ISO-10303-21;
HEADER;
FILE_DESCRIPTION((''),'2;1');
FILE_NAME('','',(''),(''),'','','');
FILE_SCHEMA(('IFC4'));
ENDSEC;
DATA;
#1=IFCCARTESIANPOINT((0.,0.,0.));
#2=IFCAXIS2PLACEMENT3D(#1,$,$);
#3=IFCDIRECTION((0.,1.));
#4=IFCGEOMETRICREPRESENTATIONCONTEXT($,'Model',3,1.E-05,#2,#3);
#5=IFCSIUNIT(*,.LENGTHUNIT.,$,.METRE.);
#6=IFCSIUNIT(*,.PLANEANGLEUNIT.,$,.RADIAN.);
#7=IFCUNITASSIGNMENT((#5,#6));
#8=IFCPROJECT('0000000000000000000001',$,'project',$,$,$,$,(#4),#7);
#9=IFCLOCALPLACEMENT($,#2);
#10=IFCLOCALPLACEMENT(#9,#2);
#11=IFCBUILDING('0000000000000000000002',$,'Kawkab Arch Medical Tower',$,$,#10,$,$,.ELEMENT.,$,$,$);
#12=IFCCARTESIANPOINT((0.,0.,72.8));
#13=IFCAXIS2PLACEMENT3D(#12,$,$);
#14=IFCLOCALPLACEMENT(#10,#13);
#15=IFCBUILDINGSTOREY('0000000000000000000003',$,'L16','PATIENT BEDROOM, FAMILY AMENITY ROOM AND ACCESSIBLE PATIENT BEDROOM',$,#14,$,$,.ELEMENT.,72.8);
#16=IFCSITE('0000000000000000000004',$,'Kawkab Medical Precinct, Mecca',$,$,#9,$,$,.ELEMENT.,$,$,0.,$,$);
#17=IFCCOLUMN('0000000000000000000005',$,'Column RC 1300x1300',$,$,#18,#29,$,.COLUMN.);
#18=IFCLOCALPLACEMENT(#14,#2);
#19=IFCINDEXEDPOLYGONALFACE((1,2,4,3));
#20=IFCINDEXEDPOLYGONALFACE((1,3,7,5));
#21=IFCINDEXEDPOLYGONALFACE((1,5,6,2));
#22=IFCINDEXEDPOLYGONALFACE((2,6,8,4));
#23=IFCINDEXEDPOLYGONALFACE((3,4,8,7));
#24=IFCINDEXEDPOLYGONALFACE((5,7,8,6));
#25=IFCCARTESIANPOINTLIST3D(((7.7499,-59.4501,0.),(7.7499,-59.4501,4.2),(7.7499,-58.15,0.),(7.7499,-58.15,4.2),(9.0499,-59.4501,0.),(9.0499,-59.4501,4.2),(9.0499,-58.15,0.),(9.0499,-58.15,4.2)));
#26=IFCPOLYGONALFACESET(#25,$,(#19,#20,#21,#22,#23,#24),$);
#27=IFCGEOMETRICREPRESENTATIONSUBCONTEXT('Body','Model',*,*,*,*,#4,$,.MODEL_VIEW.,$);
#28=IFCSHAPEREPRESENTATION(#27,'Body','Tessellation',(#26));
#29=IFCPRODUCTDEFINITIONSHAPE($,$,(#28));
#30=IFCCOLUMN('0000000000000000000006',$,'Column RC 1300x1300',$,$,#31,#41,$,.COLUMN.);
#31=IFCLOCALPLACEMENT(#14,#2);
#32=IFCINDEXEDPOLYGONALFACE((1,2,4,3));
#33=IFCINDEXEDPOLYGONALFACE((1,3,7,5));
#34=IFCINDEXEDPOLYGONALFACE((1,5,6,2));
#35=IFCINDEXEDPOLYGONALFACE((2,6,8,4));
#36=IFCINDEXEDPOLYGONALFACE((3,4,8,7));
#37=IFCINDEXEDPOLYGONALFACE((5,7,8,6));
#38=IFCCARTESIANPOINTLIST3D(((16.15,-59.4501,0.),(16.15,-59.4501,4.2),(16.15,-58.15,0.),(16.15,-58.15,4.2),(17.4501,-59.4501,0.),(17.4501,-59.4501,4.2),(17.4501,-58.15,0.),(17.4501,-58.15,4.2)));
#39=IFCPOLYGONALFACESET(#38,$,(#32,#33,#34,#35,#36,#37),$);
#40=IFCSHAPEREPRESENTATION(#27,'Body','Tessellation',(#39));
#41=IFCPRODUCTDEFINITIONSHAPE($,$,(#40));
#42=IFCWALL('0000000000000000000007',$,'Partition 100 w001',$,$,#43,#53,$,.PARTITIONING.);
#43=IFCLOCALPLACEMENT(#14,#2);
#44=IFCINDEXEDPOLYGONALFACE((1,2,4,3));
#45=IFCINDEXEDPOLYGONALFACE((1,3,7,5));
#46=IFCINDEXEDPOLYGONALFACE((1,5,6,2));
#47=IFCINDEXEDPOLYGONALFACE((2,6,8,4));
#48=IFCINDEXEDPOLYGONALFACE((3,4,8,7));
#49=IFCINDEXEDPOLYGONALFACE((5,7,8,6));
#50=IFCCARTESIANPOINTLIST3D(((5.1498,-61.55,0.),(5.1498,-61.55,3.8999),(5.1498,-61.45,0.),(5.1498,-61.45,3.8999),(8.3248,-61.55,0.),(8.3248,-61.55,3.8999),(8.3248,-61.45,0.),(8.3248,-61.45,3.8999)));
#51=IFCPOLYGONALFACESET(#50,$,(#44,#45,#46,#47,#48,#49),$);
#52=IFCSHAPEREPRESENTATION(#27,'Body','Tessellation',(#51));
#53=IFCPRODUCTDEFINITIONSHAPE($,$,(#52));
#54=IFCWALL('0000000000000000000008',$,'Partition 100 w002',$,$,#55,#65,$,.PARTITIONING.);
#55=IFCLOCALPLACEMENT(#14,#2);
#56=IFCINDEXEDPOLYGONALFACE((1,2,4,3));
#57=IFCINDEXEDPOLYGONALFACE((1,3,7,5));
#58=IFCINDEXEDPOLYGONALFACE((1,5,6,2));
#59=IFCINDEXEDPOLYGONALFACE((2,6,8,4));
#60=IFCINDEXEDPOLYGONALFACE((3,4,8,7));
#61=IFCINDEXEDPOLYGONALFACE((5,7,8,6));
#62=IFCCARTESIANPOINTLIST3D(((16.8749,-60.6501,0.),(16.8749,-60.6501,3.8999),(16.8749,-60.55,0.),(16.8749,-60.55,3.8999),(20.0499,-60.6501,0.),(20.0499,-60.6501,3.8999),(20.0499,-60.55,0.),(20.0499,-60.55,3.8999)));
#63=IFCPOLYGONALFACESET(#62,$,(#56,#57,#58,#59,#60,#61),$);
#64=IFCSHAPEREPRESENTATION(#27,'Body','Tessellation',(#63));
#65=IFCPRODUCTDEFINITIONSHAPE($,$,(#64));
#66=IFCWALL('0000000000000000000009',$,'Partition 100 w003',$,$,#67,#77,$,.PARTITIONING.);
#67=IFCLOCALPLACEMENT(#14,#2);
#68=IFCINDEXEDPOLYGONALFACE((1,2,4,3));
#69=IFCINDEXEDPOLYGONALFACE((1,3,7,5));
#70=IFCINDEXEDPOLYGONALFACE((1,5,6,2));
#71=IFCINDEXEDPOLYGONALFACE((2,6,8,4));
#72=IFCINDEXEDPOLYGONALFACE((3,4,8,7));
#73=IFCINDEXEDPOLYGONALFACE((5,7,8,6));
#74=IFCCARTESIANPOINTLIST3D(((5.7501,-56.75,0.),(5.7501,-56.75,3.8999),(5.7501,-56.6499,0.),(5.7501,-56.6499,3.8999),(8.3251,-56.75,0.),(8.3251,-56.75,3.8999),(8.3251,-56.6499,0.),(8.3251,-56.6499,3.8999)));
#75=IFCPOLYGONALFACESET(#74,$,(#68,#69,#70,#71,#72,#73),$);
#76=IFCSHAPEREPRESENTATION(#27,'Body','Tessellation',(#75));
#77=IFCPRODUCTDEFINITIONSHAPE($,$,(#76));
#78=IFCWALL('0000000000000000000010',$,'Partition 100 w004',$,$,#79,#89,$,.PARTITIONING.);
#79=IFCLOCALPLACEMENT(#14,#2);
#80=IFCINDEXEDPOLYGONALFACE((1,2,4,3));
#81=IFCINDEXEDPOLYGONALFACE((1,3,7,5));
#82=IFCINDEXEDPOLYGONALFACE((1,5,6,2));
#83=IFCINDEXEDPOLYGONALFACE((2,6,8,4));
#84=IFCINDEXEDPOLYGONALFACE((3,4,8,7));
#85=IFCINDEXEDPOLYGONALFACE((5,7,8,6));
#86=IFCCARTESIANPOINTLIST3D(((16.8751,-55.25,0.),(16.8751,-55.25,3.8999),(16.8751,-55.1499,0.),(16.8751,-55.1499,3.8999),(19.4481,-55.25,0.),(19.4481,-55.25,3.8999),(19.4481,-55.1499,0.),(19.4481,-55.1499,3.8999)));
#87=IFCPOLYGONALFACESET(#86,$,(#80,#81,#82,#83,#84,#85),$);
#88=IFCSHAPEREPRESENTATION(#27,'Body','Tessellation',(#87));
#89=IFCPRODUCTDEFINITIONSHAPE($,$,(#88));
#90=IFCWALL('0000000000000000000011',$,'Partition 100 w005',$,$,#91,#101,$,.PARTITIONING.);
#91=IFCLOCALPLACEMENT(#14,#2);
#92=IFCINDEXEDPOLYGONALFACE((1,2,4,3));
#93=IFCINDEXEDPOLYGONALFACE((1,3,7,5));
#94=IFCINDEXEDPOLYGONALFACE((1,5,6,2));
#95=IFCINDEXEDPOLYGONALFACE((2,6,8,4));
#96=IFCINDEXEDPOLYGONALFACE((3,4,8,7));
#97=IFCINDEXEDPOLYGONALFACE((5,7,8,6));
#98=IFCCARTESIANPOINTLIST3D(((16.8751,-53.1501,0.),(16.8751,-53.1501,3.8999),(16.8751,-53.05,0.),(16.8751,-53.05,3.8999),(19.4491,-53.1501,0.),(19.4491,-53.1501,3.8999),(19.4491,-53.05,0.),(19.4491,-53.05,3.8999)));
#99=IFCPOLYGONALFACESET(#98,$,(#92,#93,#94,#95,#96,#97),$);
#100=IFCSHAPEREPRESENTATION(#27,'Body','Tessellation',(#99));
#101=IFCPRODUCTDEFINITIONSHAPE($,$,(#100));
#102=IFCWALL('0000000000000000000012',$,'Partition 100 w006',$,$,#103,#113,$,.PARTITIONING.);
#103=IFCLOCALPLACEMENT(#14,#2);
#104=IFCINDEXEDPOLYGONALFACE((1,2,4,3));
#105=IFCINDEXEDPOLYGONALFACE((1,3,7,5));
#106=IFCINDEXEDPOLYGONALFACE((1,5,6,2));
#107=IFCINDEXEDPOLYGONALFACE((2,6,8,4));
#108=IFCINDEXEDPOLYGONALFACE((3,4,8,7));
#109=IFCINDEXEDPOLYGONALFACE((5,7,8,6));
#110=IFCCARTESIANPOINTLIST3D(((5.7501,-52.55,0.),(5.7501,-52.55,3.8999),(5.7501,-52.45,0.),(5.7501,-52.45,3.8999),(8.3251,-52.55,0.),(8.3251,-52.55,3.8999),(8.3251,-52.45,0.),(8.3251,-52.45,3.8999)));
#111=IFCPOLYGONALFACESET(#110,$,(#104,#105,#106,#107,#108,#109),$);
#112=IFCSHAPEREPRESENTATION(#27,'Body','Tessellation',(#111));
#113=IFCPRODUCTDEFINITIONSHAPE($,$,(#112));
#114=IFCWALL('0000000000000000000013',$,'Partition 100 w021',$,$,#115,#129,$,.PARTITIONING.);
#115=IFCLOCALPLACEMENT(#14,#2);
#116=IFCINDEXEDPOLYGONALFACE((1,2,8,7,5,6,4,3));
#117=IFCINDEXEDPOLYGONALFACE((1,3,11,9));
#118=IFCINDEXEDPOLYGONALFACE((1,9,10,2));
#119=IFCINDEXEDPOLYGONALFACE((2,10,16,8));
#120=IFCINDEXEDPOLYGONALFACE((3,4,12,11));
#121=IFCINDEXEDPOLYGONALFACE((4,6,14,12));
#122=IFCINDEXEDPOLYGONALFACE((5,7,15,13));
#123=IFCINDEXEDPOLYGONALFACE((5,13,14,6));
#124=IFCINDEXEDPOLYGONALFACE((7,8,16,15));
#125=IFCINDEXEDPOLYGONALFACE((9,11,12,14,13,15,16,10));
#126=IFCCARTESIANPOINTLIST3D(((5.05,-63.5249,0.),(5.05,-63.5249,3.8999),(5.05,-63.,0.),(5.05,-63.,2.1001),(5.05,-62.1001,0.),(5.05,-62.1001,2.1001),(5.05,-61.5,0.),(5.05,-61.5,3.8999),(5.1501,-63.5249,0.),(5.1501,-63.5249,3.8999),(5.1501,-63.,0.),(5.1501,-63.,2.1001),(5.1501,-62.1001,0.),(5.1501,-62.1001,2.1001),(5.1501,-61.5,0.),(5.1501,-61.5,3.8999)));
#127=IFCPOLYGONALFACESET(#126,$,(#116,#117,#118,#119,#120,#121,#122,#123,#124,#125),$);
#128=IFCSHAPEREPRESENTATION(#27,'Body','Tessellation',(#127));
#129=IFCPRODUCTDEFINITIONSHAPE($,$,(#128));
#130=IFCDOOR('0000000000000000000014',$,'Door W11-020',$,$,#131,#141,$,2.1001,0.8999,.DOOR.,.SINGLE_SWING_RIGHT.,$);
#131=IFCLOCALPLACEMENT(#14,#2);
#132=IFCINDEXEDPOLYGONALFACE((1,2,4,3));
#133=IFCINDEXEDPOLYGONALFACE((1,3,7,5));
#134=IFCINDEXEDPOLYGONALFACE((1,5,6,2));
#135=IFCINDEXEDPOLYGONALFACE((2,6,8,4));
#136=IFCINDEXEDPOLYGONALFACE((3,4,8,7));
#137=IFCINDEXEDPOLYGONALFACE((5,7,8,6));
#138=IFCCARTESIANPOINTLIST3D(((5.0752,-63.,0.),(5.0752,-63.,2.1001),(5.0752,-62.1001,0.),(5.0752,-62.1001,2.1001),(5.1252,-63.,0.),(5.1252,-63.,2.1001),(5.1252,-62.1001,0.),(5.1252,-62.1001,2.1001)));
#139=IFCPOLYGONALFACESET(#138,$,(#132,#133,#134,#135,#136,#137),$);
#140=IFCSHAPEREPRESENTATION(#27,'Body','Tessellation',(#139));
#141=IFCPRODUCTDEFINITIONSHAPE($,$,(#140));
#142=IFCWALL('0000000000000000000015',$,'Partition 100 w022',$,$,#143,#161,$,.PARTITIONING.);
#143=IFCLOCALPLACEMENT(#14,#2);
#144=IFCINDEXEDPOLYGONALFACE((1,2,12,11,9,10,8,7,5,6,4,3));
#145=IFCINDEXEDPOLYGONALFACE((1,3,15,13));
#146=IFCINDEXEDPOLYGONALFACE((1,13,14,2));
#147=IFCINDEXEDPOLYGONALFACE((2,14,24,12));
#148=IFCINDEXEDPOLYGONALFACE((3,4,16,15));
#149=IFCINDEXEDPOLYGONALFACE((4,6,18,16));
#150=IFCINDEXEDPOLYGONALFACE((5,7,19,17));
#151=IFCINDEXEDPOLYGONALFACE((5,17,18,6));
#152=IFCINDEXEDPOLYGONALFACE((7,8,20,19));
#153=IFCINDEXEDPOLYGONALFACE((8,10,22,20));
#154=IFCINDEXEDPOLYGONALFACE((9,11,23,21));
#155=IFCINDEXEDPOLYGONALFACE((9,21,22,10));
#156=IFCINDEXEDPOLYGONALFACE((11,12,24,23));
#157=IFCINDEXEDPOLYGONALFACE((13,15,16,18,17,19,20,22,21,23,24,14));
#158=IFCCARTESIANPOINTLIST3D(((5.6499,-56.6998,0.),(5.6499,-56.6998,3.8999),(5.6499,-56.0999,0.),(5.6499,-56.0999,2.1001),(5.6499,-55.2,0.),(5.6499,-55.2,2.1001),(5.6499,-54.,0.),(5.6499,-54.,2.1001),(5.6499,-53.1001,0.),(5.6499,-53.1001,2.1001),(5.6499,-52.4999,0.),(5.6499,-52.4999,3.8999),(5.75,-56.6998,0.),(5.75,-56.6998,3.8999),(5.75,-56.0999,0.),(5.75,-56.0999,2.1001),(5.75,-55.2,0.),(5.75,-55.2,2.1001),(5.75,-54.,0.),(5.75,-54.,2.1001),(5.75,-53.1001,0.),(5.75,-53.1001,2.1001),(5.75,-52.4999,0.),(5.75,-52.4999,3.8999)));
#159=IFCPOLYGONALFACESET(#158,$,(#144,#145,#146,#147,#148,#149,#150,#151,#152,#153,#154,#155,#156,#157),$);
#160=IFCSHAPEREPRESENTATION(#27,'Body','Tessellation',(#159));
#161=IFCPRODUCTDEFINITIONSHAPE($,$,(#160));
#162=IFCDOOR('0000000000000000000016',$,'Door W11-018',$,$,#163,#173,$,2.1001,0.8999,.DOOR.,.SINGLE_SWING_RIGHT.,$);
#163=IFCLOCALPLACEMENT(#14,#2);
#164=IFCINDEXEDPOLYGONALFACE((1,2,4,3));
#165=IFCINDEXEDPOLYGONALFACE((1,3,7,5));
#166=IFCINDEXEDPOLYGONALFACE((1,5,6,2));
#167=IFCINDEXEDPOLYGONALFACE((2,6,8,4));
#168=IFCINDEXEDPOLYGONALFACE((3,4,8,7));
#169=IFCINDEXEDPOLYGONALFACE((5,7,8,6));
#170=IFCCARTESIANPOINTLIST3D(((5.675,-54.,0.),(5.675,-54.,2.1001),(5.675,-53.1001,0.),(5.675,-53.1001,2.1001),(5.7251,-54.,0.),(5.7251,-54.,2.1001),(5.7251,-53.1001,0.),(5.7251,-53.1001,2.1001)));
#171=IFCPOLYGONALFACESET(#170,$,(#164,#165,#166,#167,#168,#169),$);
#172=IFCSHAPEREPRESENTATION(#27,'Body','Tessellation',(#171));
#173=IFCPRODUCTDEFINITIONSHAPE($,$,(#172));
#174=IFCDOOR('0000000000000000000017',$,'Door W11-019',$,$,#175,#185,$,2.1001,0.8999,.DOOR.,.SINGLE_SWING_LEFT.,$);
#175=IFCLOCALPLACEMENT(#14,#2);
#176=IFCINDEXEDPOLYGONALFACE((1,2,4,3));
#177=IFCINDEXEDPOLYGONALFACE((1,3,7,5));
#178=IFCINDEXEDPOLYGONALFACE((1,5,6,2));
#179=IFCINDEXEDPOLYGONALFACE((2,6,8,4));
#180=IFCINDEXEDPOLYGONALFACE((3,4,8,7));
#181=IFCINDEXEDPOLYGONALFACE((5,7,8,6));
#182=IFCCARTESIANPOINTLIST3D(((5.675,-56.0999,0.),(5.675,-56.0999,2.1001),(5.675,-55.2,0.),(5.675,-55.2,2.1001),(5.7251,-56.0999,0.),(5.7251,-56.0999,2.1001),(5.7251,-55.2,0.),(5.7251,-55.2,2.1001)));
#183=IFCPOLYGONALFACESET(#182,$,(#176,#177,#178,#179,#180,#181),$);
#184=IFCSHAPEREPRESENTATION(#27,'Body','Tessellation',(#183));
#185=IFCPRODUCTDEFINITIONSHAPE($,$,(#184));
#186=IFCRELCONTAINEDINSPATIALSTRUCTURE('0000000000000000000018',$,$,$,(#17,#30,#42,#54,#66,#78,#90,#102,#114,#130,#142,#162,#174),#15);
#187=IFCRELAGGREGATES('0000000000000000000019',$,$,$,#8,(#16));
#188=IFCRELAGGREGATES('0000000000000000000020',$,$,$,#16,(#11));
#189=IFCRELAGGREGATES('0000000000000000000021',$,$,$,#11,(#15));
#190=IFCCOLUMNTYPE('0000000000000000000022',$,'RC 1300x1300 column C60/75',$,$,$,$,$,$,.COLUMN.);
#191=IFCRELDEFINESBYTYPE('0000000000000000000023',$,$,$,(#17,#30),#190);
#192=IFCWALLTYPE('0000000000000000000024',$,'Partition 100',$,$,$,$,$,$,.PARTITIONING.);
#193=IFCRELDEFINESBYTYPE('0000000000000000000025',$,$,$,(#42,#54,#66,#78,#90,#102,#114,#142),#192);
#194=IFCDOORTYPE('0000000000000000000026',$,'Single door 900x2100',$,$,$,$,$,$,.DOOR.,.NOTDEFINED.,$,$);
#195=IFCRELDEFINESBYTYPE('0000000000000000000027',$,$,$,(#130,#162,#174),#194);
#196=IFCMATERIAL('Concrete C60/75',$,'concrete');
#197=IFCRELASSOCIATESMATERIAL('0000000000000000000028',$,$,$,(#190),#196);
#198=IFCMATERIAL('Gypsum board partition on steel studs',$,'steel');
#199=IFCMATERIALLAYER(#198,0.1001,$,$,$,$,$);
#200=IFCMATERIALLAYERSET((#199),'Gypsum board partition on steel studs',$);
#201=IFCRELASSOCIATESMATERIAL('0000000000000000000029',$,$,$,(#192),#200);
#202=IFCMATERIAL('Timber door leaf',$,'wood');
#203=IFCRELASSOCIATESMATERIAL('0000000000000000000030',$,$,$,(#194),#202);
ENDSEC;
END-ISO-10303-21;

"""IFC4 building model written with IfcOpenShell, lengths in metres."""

from ifc_helpers import new_model, si_unit, direction, frame, frame_2d, origin, origin_2d, place, context, subcontext, project, spatial, rectangle, extrude, material, layer, layer_set, material_profile, profile_set, type_object, element, fill, save


model = new_model("IFC4")

# Units and contexts
model_context = context("Model", 3, precision=1e-05, world=origin(), true_north=direction((0.0, 1.0)))
body_context = subcontext(model_context, "Body", "Model", "MODEL_VIEW")
ifc_project = project(units=[si_unit("LENGTHUNIT", "METRE"), si_unit("PLANEANGLEUNIT", "RADIAN")], contexts=[model_context])

# Site, building, storey
site_placement = place(None, origin())
site = spatial("IfcSite", under=ifc_project, at=site_placement, Name="Kawkab Medical Precinct, Mecca", CompositionType="ELEMENT", RefElevation=0.0)
building_placement = place(site_placement, origin())
building = spatial("IfcBuilding", under=site, at=building_placement, Name="Kawkab Arch Medical Tower", CompositionType="ELEMENT")
storey_placement = place(building_placement, frame((0.0, 0.0, 72.8)))
storey = spatial("IfcBuildingStorey", under=building, at=storey_placement, Name="L16", Description="PATIENT BEDROOM, FAMILY AMENITY ROOM AND ACCESSIBLE PATIENT BEDROOM", CompositionType="ELEMENT", Elevation=72.8)

# Columns
ifc_material_1 = material(Name="Concrete C60/75", Category="concrete")
ifc_material_profile = material_profile(ifc_material_1, rectangle(XDim=1.3, YDim=1.3, at=origin_2d()), Name="RC 1300x1300")
ifc_profile_set = profile_set([ifc_material_profile], Name="Concrete C60/75")
column_type = type_object("IfcColumnType", Name="RC 1300x1300 column C60/75", PredefinedType="COLUMN", material=ifc_profile_set)
for number, where, z_axis, x_axis, name in (
    (1, (8.3999, -58.8, 0.0), (0.0, 0.0, 1.0), (1.0, 0.0, 0.0), "Column RC 1300x1300"),
    (2, (16.8, -58.8, 0.0), (0.0, 0.0, 1.0), (1.0, 0.0, 0.0), "Column RC 1300x1300"),
):
    element("IfcColumn", number, at=place(storey_placement, frame(where, z_axis=z_axis, x_axis=x_axis)), inside=storey, type_object=column_type, Name=name, PredefinedType="COLUMN", context=body_context, shape_type="SweptSolid", body=[
        extrude(rectangle(XDim=1.3, YDim=1.3, at=origin_2d()), origin(), (0.0, 0.0, 1.0), 4.2),
    ])

# Walls
ifc_material_2 = material(Name="Gypsum board partition on steel studs", Category="steel")
ifc_layer_1 = layer(ifc_material_2, 0.1001)
ifc_layer_set_1 = layer_set([ifc_layer_1], Name="Gypsum board partition on steel studs")
wall_type_1 = type_object("IfcWallType", Name="Partition 100", PredefinedType="PARTITIONING", material=ifc_layer_set_1)
for number, where, z_axis, x_axis, name in (
    (3, (5.1499, -61.5, 0.0), (0.0, 0.0, 1.0), (1.0, 0.0, 0.0), "Partition 100 w001"),
    (4, (16.875, -60.6001, 0.0), (0.0, 0.0, 1.0), (1.0, 0.0, 0.0), "Partition 100 w002"),
):
    element("IfcWall", number, at=place(storey_placement, frame(where, z_axis=z_axis, x_axis=x_axis)), inside=storey, type_object=wall_type_1, Name=name, PredefinedType="PARTITIONING", context=body_context, shape_type="SweptSolid", body=[
        extrude(rectangle(XDim=3.175, YDim=0.1001, at=frame_2d((1.5874, 0.0))), origin(), (0.0, 0.0, 1.0), 3.8999),
    ])
wall_1_placement = place(storey_placement, frame((5.75, -56.7, 0.0), z_axis=(0.0, 0.0, 1.0), x_axis=(1.0, 0.0, 0.0)))
element("IfcWall", 5, at=wall_1_placement, inside=storey, type_object=wall_type_1, Name="Partition 100 w003", PredefinedType="PARTITIONING", context=body_context, shape_type="SweptSolid", body=[
    extrude(rectangle(XDim=2.575, YDim=0.1001, at=frame_2d((1.2876, 0.0))), origin(), (0.0, 0.0, 1.0), 3.8999),
])
wall_2_placement = place(storey_placement, frame((16.875, -55.2, 0.0), z_axis=(0.0, 0.0, 1.0), x_axis=(1.0, 0.0, 0.0)))
element("IfcWall", 6, at=wall_2_placement, inside=storey, type_object=wall_type_1, Name="Partition 100 w004", PredefinedType="PARTITIONING", context=body_context, shape_type="SweptSolid", body=[
    extrude(rectangle(XDim=2.573, YDim=0.1001, at=frame_2d((1.2866, 0.0))), origin(), (0.0, 0.0, 1.0), 3.8999),
])
wall_3_placement = place(storey_placement, frame((16.875, -53.1001, 0.0), z_axis=(0.0, 0.0, 1.0), x_axis=(1.0, 0.0, 0.0)))
element("IfcWall", 7, at=wall_3_placement, inside=storey, type_object=wall_type_1, Name="Partition 100 w005", PredefinedType="PARTITIONING", context=body_context, shape_type="SweptSolid", body=[
    extrude(rectangle(XDim=2.574, YDim=0.1001, at=frame_2d((1.2871, 0.0))), origin(), (0.0, 0.0, 1.0), 3.8999),
])
wall_4_placement = place(storey_placement, frame((5.75, -52.5, 0.0), z_axis=(0.0, 0.0, 1.0), x_axis=(1.0, 0.0, 0.0)))
element("IfcWall", 8, at=wall_4_placement, inside=storey, type_object=wall_type_1, Name="Partition 100 w006", PredefinedType="PARTITIONING", context=body_context, shape_type="SweptSolid", body=[
    extrude(rectangle(XDim=2.575, YDim=0.1001, at=frame_2d((1.2876, 0.0))), origin(), (0.0, 0.0, 1.0), 3.8999),
])

# Wall, opening, door
wall_5_placement = place(storey_placement, frame((5.1001, -63.5249, 0.0), z_axis=(0.0, 0.0, 1.0), x_axis=(0.0, 1.0, 0.0)))
wall_5 = element("IfcWall", 9, at=wall_5_placement, inside=storey, type_object=wall_type_1, Name="Partition 100 w021", PredefinedType="PARTITIONING", context=body_context, shape_type="SweptSolid", body=[
    extrude(rectangle(XDim=2.0249, YDim=0.1001, at=frame_2d((1.0125, 0.0))), origin(), (0.0, 0.0, 1.0), 3.8999),
])
opening_1_placement = place(wall_5_placement, frame((0.5249, 0.0, 0.0)))
opening_1 = element("IfcOpeningElement", 10, at=opening_1_placement, cuts=wall_5, PredefinedType="OPENING", context=body_context, shape_type="SweptSolid", body=[
    extrude(rectangle(XDim=0.8999, YDim=2.1001, at=frame_2d((0.45, 1.05))), frame((0.0, 0.0601, 0.0), z_axis=(0.0, -1.0, 0.0), x_axis=(1.0, 0.0, 0.0)), (0.0, 0.0, 1.0), 0.1201),
])
ifc_material_3 = material(Name="Timber door leaf", Category="wood")
door_type = type_object("IfcDoorType", Name="Single door 900x2100", OperationType="NOTDEFINED", PredefinedType="DOOR", material=ifc_material_3)
door_1_placement = place(opening_1_placement, origin())
door_1 = element("IfcDoor", 11, at=door_1_placement, inside=storey, type_object=door_type, Name="Door W11-020", OperationType="SINGLE_SWING_RIGHT", OverallHeight=2.1001, OverallWidth=0.8999, PredefinedType="DOOR", context=body_context, shape_type="SweptSolid", body=[
    extrude(rectangle(XDim=0.8999, YDim=2.1001, at=frame_2d((0.45, 1.05))), frame((0.0, 0.0249, 0.0), z_axis=(0.0, -1.0, 0.0), x_axis=(1.0, 0.0, 0.0)), (0.0, 0.0, 1.0), 0.05),
])
fill(opening_1, door_1)

# Wall, openings, doors
wall_6_placement = place(storey_placement, frame((5.7, -56.7, 0.0), z_axis=(0.0, 0.0, 1.0), x_axis=(0.0, 1.0, 0.0)))
wall_6 = element("IfcWall", 12, at=wall_6_placement, inside=storey, type_object=wall_type_1, Name="Partition 100 w022", PredefinedType="PARTITIONING", context=body_context, shape_type="SweptSolid", body=[
    extrude(rectangle(XDim=4.2, YDim=0.1001, at=frame_2d((2.1001, 0.0))), origin(), (0.0, 0.0, 1.0), 3.8999),
])
opening_2_placement = place(wall_6_placement, frame((2.7, 0.0, 0.0)))
opening_2 = element("IfcOpeningElement", 13, at=opening_2_placement, cuts=wall_6, PredefinedType="OPENING", context=body_context, shape_type="SweptSolid", body=[
    extrude(rectangle(XDim=0.8999, YDim=2.1001, at=frame_2d((0.45, 1.05))), frame((0.0, 0.0601, 0.0), z_axis=(0.0, -1.0, 0.0), x_axis=(1.0, 0.0, 0.0)), (0.0, 0.0, 1.0), 0.1201),
])
opening_3_placement = place(wall_6_placement, frame((0.6001, 0.0, 0.0)))
opening_3 = element("IfcOpeningElement", 14, at=opening_3_placement, cuts=wall_6, PredefinedType="OPENING", context=body_context, shape_type="SweptSolid", body=[
    extrude(rectangle(XDim=0.8999, YDim=2.1001, at=frame_2d((0.45, 1.05))), frame((0.0, 0.0601, 0.0), z_axis=(0.0, -1.0, 0.0), x_axis=(1.0, 0.0, 0.0)), (0.0, 0.0, 1.0), 0.1201),
])
door_2_placement = place(opening_2_placement, origin())
door_2 = element("IfcDoor", 15, at=door_2_placement, inside=storey, type_object=door_type, Name="Door W11-018", OperationType="SINGLE_SWING_RIGHT", OverallHeight=2.1001, OverallWidth=0.8999, PredefinedType="DOOR", context=body_context, shape_type="SweptSolid", body=[
    extrude(rectangle(XDim=0.8999, YDim=2.1001, at=frame_2d((0.45, 1.05))), frame((0.0, 0.0249, 0.0), z_axis=(0.0, -1.0, 0.0), x_axis=(1.0, 0.0, 0.0)), (0.0, 0.0, 1.0), 0.05),
])
fill(opening_2, door_2)
door_3_placement = place(opening_3_placement, origin())
door_3 = element("IfcDoor", 16, at=door_3_placement, inside=storey, type_object=door_type, Name="Door W11-019", OperationType="SINGLE_SWING_LEFT", OverallHeight=2.1001, OverallWidth=0.8999, PredefinedType="DOOR", context=body_context, shape_type="SweptSolid", body=[
    extrude(rectangle(XDim=0.8999, YDim=2.1001, at=frame_2d((0.45, 1.05))), frame((0.0, 0.0249, 0.0), z_axis=(0.0, -1.0, 0.0), x_axis=(1.0, 0.0, 0.0)), (0.0, 0.0, 1.0), 0.05),
])
fill(opening_3, door_3)

save(model, "model.ifc")
